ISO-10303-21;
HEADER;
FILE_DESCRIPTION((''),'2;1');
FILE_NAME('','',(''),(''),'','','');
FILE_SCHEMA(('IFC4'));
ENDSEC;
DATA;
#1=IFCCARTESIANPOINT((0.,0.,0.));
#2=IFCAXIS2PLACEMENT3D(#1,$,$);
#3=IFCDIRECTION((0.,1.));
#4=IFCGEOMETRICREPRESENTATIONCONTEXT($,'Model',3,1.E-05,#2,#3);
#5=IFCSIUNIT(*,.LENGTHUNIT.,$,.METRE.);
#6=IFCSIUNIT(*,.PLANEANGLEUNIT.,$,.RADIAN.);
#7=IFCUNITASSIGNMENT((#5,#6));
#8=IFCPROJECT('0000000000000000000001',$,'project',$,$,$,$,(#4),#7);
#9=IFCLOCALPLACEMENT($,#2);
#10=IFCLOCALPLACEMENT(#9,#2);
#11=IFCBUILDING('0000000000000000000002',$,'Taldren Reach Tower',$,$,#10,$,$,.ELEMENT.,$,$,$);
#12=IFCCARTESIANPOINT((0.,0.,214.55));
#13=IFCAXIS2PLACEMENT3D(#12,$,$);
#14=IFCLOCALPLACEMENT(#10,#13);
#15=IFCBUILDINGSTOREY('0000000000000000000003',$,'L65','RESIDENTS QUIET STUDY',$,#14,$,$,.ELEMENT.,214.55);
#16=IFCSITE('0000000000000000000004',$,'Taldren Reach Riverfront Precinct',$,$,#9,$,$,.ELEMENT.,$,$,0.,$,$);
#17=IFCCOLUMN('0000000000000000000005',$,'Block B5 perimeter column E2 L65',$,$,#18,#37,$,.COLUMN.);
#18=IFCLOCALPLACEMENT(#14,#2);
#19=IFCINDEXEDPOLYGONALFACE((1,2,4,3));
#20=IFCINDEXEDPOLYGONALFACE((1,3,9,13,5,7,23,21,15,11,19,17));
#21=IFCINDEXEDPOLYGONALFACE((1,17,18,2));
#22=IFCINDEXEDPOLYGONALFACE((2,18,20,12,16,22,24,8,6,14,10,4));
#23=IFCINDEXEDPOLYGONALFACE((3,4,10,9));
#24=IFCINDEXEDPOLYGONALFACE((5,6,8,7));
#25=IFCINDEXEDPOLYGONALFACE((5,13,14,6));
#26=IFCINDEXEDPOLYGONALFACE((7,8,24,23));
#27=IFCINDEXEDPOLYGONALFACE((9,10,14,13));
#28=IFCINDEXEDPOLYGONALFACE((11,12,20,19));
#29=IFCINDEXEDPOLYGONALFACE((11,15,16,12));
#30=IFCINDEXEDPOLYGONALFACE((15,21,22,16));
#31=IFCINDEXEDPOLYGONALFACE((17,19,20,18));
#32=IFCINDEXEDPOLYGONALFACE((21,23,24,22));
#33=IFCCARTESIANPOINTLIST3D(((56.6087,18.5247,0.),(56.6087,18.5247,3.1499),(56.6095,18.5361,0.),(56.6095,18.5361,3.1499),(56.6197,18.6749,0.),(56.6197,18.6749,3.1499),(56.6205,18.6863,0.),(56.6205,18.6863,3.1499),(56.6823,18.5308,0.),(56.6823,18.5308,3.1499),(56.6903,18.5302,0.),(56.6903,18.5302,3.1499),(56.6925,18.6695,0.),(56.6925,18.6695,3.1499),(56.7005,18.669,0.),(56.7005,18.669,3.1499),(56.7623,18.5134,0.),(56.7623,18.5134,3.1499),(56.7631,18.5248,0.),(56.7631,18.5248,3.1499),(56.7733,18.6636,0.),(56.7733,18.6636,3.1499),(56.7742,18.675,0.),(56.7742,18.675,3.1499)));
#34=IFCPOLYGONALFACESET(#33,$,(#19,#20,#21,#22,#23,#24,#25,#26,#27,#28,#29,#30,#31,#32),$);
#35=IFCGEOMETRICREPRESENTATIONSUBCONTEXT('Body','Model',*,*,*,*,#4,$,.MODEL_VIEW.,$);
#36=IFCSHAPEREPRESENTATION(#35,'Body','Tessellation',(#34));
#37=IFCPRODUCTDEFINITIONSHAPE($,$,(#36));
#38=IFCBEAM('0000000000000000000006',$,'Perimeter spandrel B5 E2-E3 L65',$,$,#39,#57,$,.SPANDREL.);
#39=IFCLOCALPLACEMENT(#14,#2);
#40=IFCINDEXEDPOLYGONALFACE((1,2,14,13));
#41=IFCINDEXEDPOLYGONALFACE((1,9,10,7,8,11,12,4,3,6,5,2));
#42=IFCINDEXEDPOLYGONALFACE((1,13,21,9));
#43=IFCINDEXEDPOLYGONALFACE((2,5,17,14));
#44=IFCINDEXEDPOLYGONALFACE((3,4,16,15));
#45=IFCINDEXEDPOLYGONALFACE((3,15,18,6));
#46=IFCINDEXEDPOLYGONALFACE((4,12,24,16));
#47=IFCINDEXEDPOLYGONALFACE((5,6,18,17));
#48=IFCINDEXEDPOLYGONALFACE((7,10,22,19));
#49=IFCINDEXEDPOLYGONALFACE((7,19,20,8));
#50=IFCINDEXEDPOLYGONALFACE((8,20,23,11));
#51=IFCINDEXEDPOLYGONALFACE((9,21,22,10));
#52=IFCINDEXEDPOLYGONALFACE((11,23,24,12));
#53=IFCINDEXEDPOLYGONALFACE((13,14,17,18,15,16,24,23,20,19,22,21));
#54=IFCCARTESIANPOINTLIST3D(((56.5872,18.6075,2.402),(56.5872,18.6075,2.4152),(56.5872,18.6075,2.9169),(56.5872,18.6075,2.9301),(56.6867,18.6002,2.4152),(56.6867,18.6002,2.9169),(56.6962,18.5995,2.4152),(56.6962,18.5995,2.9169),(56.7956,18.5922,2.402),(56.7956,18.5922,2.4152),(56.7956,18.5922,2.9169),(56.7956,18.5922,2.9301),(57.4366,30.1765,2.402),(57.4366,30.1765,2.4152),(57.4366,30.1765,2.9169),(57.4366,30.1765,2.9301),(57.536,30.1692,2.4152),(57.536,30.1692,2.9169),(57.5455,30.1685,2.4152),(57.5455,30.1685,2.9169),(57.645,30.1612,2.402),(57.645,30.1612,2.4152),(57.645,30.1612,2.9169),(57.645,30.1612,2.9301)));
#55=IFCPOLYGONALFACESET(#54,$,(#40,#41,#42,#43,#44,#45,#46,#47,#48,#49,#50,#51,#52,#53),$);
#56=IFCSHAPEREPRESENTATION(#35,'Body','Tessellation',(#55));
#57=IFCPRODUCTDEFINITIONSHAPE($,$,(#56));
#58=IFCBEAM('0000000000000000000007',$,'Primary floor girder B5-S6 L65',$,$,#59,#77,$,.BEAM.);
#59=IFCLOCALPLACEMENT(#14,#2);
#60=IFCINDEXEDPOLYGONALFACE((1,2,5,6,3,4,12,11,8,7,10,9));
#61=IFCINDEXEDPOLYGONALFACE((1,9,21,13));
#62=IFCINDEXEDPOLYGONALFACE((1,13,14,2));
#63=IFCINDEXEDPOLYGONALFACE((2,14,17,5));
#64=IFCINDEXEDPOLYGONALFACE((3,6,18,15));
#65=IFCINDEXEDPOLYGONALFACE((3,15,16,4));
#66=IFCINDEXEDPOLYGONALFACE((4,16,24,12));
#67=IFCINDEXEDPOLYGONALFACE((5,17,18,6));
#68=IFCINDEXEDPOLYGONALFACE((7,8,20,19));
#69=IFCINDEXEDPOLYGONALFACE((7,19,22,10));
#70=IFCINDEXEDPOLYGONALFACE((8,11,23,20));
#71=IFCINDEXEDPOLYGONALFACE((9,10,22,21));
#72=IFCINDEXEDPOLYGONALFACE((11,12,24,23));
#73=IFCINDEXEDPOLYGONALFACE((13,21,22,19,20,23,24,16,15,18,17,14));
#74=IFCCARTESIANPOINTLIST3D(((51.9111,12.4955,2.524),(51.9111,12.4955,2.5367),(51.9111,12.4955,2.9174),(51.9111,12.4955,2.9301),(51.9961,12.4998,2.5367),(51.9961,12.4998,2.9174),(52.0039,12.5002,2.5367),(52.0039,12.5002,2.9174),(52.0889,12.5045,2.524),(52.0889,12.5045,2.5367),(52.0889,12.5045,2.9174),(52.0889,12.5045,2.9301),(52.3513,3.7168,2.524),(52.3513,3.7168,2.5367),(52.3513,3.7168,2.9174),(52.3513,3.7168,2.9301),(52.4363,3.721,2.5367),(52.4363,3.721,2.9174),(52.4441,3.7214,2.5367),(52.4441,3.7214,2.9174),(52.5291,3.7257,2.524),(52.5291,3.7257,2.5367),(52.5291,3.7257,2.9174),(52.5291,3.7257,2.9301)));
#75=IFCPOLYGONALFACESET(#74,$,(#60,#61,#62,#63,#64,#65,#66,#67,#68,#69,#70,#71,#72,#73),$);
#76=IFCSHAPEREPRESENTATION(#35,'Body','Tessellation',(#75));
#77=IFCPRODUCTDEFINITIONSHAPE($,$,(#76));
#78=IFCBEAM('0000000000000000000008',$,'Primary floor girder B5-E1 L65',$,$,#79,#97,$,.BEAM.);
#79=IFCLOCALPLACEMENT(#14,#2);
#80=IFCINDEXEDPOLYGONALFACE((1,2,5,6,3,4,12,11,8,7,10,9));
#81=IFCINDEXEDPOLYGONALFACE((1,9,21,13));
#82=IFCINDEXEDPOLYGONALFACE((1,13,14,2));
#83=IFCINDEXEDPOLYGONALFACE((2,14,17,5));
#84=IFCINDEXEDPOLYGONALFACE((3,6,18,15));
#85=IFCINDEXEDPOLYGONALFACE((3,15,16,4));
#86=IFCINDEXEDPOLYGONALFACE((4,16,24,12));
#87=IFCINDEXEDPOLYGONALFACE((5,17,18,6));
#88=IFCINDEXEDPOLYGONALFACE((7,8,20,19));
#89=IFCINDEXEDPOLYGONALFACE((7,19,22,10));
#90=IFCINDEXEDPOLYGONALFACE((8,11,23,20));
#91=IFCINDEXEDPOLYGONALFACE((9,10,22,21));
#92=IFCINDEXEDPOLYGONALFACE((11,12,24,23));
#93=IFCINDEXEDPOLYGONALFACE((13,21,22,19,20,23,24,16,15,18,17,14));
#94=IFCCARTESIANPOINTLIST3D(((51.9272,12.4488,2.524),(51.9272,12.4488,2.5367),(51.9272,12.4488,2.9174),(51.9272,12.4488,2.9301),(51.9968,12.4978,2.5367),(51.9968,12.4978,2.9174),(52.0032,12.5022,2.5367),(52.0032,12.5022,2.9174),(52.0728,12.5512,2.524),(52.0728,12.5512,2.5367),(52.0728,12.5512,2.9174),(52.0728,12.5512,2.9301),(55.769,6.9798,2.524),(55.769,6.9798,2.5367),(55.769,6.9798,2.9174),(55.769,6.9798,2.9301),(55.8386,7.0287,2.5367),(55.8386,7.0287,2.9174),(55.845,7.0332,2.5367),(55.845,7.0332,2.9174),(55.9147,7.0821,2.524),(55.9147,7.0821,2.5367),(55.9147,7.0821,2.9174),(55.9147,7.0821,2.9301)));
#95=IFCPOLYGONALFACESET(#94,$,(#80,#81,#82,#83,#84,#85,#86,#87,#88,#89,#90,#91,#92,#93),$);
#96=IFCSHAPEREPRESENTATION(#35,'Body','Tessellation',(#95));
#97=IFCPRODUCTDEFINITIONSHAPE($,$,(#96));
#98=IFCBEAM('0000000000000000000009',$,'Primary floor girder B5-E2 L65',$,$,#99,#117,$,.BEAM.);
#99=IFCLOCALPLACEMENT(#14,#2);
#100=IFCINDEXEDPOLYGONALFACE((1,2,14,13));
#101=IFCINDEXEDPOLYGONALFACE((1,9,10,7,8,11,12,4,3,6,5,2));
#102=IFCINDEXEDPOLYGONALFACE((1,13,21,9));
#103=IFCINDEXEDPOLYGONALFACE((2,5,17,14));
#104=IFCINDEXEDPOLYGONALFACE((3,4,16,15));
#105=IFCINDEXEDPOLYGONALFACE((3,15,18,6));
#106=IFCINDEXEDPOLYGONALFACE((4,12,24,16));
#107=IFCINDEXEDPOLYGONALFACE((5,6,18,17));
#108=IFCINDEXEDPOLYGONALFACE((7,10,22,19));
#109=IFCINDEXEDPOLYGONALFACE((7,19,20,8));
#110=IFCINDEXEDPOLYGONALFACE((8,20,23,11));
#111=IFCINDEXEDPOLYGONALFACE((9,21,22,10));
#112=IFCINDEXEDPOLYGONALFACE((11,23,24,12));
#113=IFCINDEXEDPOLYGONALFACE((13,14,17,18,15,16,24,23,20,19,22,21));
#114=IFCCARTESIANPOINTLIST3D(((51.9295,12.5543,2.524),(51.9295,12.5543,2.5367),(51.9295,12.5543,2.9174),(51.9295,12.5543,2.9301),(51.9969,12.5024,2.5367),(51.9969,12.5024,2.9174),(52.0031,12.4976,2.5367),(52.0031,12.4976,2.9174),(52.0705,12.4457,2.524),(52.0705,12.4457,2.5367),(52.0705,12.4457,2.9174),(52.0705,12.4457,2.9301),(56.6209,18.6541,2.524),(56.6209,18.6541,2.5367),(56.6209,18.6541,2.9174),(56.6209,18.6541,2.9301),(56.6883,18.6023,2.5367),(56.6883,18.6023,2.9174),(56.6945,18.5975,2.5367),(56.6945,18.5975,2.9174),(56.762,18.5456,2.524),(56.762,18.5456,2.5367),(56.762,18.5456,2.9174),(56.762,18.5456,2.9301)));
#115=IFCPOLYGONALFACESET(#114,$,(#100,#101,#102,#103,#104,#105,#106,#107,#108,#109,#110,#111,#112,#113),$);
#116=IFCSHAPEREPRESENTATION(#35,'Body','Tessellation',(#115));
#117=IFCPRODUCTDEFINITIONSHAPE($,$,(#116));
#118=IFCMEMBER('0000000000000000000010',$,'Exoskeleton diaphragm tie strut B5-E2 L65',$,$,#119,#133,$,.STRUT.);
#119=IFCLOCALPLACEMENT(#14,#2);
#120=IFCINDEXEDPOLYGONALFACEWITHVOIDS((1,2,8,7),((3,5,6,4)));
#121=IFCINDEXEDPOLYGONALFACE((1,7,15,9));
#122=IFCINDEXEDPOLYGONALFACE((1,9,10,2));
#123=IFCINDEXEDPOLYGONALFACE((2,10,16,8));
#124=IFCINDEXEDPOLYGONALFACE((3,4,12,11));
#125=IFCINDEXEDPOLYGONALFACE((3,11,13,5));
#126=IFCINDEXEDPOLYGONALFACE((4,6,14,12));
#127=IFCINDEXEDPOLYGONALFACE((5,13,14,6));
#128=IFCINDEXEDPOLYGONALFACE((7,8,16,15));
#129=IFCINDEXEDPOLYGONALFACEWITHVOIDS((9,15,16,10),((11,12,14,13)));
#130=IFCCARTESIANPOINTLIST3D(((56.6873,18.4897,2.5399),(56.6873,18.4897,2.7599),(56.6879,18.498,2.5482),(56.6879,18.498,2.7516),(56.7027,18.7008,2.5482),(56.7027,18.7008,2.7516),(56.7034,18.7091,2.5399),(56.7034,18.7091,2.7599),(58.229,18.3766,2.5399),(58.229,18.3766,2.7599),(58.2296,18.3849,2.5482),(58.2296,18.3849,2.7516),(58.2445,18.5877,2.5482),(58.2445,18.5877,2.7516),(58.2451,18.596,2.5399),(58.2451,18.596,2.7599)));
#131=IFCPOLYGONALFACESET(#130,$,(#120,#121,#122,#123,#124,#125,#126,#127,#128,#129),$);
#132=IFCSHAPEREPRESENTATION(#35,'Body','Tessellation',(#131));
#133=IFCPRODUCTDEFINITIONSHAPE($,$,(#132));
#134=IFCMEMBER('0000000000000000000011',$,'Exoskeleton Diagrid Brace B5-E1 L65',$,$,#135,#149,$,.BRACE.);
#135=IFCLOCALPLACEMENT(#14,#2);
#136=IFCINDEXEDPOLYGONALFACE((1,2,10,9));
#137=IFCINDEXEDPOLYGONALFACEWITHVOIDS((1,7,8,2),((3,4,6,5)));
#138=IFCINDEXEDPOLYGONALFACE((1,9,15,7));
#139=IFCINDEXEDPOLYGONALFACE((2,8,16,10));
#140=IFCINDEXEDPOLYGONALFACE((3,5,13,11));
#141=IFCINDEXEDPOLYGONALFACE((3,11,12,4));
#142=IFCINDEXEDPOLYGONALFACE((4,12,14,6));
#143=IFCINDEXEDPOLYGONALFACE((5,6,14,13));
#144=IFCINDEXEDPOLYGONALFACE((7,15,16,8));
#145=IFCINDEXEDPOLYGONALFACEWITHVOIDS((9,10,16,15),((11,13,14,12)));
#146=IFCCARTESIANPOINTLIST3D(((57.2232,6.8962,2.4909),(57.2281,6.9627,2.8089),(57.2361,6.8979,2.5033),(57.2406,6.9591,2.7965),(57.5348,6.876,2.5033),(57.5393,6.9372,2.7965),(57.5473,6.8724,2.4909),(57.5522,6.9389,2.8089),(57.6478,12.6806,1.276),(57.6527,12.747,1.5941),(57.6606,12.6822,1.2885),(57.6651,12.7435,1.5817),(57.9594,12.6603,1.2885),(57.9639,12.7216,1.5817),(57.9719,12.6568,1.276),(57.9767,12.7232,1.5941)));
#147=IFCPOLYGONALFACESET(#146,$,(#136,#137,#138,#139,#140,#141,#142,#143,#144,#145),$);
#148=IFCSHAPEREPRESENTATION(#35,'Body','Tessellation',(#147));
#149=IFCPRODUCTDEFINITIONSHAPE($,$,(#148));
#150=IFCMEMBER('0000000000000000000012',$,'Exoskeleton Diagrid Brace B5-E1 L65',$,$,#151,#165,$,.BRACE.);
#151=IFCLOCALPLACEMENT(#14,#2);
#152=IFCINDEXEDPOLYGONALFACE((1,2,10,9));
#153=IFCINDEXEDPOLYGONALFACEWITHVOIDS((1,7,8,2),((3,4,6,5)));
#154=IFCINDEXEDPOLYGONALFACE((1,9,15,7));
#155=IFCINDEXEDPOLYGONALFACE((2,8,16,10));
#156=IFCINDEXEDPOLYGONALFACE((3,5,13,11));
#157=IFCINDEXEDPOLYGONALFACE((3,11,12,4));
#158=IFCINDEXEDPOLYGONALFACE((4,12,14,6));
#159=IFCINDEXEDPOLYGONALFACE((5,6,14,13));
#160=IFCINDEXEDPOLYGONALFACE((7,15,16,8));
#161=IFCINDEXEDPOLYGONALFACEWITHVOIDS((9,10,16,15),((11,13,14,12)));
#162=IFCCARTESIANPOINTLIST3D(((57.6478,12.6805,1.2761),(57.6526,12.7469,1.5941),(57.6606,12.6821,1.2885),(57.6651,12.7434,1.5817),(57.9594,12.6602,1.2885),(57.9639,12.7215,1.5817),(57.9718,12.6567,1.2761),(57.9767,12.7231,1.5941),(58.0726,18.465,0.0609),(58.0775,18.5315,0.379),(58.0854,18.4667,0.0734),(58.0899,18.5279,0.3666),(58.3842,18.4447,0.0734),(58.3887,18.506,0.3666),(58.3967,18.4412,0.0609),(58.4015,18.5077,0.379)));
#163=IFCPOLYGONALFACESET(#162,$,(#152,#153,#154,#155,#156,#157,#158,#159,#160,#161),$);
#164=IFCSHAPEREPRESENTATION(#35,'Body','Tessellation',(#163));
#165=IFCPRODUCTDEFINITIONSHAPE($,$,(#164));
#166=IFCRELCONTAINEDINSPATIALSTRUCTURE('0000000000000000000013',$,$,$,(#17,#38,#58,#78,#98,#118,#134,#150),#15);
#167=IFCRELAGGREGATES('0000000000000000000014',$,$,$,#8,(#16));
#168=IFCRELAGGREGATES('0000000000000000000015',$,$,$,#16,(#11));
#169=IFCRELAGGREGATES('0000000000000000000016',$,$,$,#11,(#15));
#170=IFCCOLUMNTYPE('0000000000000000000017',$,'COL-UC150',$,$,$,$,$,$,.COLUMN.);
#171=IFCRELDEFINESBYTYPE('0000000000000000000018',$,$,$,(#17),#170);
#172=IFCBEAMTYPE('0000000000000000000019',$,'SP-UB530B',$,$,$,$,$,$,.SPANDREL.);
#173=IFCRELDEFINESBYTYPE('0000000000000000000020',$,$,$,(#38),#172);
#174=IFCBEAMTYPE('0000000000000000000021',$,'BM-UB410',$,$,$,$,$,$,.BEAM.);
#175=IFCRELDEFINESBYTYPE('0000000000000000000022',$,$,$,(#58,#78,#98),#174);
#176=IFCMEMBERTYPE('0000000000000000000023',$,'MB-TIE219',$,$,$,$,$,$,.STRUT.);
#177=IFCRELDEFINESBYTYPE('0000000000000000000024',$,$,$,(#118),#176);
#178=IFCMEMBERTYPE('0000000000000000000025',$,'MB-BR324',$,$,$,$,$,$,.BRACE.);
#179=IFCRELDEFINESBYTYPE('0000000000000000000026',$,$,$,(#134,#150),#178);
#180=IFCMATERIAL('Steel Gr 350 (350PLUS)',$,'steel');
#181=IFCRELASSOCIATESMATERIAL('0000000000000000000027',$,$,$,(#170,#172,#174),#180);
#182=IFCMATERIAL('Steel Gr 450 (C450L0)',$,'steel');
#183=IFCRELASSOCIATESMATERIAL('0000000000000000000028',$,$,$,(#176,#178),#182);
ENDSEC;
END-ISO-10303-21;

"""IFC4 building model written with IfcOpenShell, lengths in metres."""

from ifc_helpers import new_model, si_unit, direction, frame, origin, origin_2d, place, context, subcontext, project, spatial, hollow_rectangle, i_section, extrude, source, transform, mapped, material, material_profile, profile_set, type_object, element, save


model = new_model("IFC4")

# Units and contexts
model_context = context("Model", 3, precision=1e-05, world=origin(), true_north=direction((0.0, 1.0)))
body_context = subcontext(model_context, "Body", "Model", "MODEL_VIEW")
ifc_project = project(units=[si_unit("LENGTHUNIT", "METRE"), si_unit("PLANEANGLEUNIT", "RADIAN")], contexts=[model_context])

# Site, building, storey
site_placement = place(None, origin())
site = spatial("IfcSite", under=ifc_project, at=site_placement, Name="Taldren Reach Riverfront Precinct", CompositionType="ELEMENT", RefElevation=0.0)
building_placement = place(site_placement, origin())
building = spatial("IfcBuilding", under=site, at=building_placement, Name="Taldren Reach Tower", CompositionType="ELEMENT")
storey_placement = place(building_placement, frame((0.0, 0.0, 214.55)))
storey = spatial("IfcBuildingStorey", under=building, at=storey_placement, Name="L65", Description="RESIDENTS QUIET STUDY", CompositionType="ELEMENT", Elevation=214.55)

# Column
ifc_material_1 = material(Name="Steel Gr 350 (350PLUS)", Category="steel")
ifc_material_profile_1 = material_profile(ifc_material_1, i_section(OverallWidth=0.1541, OverallDepth=0.1621, WebThickness=0.0081, FlangeThickness=0.0115, at=origin_2d()), Name="150UC37.2")
ifc_profile_set_1 = profile_set([ifc_material_profile_1], Name="Steel Gr 350 (350PLUS)")
column_type = type_object("IfcColumnType", Name="COL-UC150", PredefinedType="COLUMN", material=ifc_profile_set_1)
shared_shape_1 = source(origin(), body_context, "Body", "SweptSolid", [
    extrude(i_section(OverallWidth=0.1541, OverallDepth=0.1621, WebThickness=0.0081, FlangeThickness=0.0115, at=origin_2d()), origin(), (0.0, 0.0, 1.0), 3.1499),
])
column_placement = place(storey_placement, frame((56.6914, 18.5999, 0.0), z_axis=(0.0, 0.0, 1.0), x_axis=(0.997314, -0.073238, 0.0)))
element("IfcColumn", 1, at=column_placement, inside=storey, type_object=column_type, Name="Block B5 perimeter column E2 L65", PredefinedType="COLUMN", context=body_context, shape_type="MappedRepresentation", body=[
    mapped(shared_shape_1, transform((0.0, 0.0, 0.0), scale=1.0)),
])

# Beams
ifc_material_profile_2 = material_profile(ifc_material_1, i_section(OverallWidth=0.209, OverallDepth=0.5281, WebThickness=0.0095, FlangeThickness=0.0132, at=origin_2d()), Name="530UB82.0")
ifc_profile_set_2 = profile_set([ifc_material_profile_2], Name="Steel Gr 350 (350PLUS)")
beam_type_1 = type_object("IfcBeamType", Name="SP-UB530B", PredefinedType="SPANDREL", material=ifc_profile_set_2)
shared_shape_2 = source(origin(), body_context, "Body", "SweptSolid", [
    extrude(i_section(OverallWidth=0.209, OverallDepth=0.5281, WebThickness=0.0095, FlangeThickness=0.0132, at=origin_2d()), origin(), (0.0, 0.0, 1.0), 11.6001),
])
beam_1_placement = place(storey_placement, frame((56.6914, 18.5999, 2.666), z_axis=(0.073221, 0.997316, 0.0), x_axis=(-0.997316, 0.073221, 0.0)))
element("IfcBeam", 2, at=beam_1_placement, inside=storey, type_object=beam_type_1, Name="Perimeter spandrel B5 E2-E3 L65", PredefinedType="SPANDREL", context=body_context, shape_type="MappedRepresentation", body=[
    mapped(shared_shape_2, transform((0.0, 0.0, 0.0), scale=1.0)),
])
ifc_material_profile_3 = material_profile(ifc_material_1, i_section(OverallWidth=0.178, OverallDepth=0.406, WebThickness=0.0078, FlangeThickness=0.0127, at=origin_2d()), Name="410UB59.7")
ifc_profile_set_3 = profile_set([ifc_material_profile_3], Name="Steel Gr 350 (350PLUS)")
beam_type_2 = type_object("IfcBeamType", Name="BM-UB410", PredefinedType="BEAM", material=ifc_profile_set_3)
shared_shape_3 = source(origin(), body_context, "Body", "SweptSolid", [
    extrude(i_section(OverallWidth=0.178, OverallDepth=0.406, WebThickness=0.0078, FlangeThickness=0.0127, at=origin_2d()), origin(), (0.0, 0.0, 1.0), 8.7898),
])
beam_2_placement = place(storey_placement, frame((52.0, 12.5, 2.7271), z_axis=(0.050079, -0.998745, 0.0), x_axis=(0.998745, 0.050079, 0.0)))
element("IfcBeam", 3, at=beam_2_placement, inside=storey, type_object=beam_type_2, Name="Primary floor girder B5-S6 L65", PredefinedType="BEAM", context=body_context, shape_type="MappedRepresentation", body=[
    mapped(shared_shape_3, transform((0.0, 0.0, 0.0), scale=1.0)),
])
shared_shape_4 = source(origin(), body_context, "Body", "SweptSolid", [
    extrude(i_section(OverallWidth=0.178, OverallDepth=0.406, WebThickness=0.0078, FlangeThickness=0.0127, at=origin_2d()), origin(), (0.0, 0.0, 1.0), 6.6836),
])
beam_3_placement = place(storey_placement, frame((52.0, 12.5, 2.7271), z_axis=(0.574817, -0.818282, 0.0), x_axis=(0.818282, 0.574817, 0.0)))
element("IfcBeam", 4, at=beam_3_placement, inside=storey, type_object=beam_type_2, Name="Primary floor girder B5-E1 L65", PredefinedType="BEAM", context=body_context, shape_type="MappedRepresentation", body=[
    mapped(shared_shape_4, transform((0.0, 0.0, 0.0), scale=1.0)),
])
shared_shape_5 = source(origin(), body_context, "Body", "SweptSolid", [
    extrude(i_section(OverallWidth=0.178, OverallDepth=0.406, WebThickness=0.0078, FlangeThickness=0.0127, at=origin_2d()), origin(), (0.0, 0.0, 1.0), 7.6953),
])
beam_4_placement = place(storey_placement, frame((52.0, 12.5, 2.7271), z_axis=(0.609646, 0.792674, 0.0), x_axis=(-0.792674, 0.609646, 0.0)))
element("IfcBeam", 5, at=beam_4_placement, inside=storey, type_object=beam_type_2, Name="Primary floor girder B5-E2 L65", PredefinedType="BEAM", context=body_context, shape_type="MappedRepresentation", body=[
    mapped(shared_shape_5, transform((0.0, 0.0, 0.0), scale=1.0)),
])

# Members
ifc_material_2 = material(Name="Steel Gr 450 (C450L0)", Category="steel")
ifc_material_profile_4 = material_profile(ifc_material_2, hollow_rectangle(XDim=0.22, YDim=0.22, WallThickness=0.0083, at=origin_2d()), Name="220x220x8.2SHS")
ifc_profile_set_4 = profile_set([ifc_material_profile_4], Name="Steel Gr 450 (C450L0)")
member_type_1 = type_object("IfcMemberType", Name="MB-TIE219", PredefinedType="STRUT", material=ifc_profile_set_4)
shared_shape_6 = source(origin(), body_context, "Body", "SweptSolid", [
    extrude(hollow_rectangle(XDim=0.22, YDim=0.22, WallThickness=0.0083, at=origin_2d()), origin(), (0.0, 0.0, 1.0), 1.5459),
])
member_1_placement = place(storey_placement, frame((56.6953, 18.5994, 2.6499), z_axis=(0.997323, -0.073121, 0.0), x_axis=(0.073121, 0.997323, 0.0)))
element("IfcMember", 6, at=member_1_placement, inside=storey, type_object=member_type_1, Name="Exoskeleton diaphragm tie strut B5-E2 L65", PredefinedType="STRUT", context=body_context, shape_type="MappedRepresentation", body=[
    mapped(shared_shape_6, transform((0.0, 0.0, 0.0), scale=1.0)),
])
ifc_material_profile_5 = material_profile(ifc_material_2, hollow_rectangle(XDim=0.325, YDim=0.325, WallThickness=0.0127, at=origin_2d()), Name="325x325x12.7SHS")
ifc_profile_set_5 = profile_set([ifc_material_profile_5], Name="Steel Gr 450 (C450L0)")
member_type_2 = type_object("IfcMemberType", Name="MB-BR324", PredefinedType="BRACE", material=ifc_profile_set_5)
shared_shape_7 = source(origin(), body_context, "Body", "SweptSolid", [
    extrude(hollow_rectangle(XDim=0.325, YDim=0.325, WallThickness=0.0127, at=origin_2d()), origin(), (0.0, 0.0, 1.0), 5.9258),
])
member_2_placement = place(storey_placement, frame((57.8123, 12.7019, 1.4351), z_axis=(-0.071646, -0.976135, 0.205008), x_axis=(0.997317, -0.0732, 0.0)))
element("IfcMember", 7, at=member_2_placement, inside=storey, type_object=member_type_2, Name="Exoskeleton Diagrid Brace B5-E1 L65", PredefinedType="BRACE", context=body_context, shape_type="MappedRepresentation", body=[
    mapped(shared_shape_7, transform((0.0, 0.0, 0.0), scale=1.0)),
])
shared_shape_8 = source(origin(), body_context, "Body", "SweptSolid", [
    extrude(hollow_rectangle(XDim=0.325, YDim=0.325, WallThickness=0.0127, at=origin_2d()), origin(), (0.0, 0.0, 1.0), 5.926),
])
for number, where, z_axis, x_axis, name in (
    (8, (58.2371, 18.4863, 0.22), (-0.071686, -0.976123, 0.205046), (0.997314, -0.073242, 0.0), "Exoskeleton Diagrid Brace B5-E1 L65"),
):
    element("IfcMember", number, at=place(storey_placement, frame(where, z_axis=z_axis, x_axis=x_axis)), inside=storey, type_object=member_type_2, Name=name, PredefinedType="BRACE", context=body_context, shape_type="MappedRepresentation", body=[
        mapped(shared_shape_8, transform((0.0, 0.0, 0.0), scale=1.0)),
    ])

save(model, "model.ifc")
